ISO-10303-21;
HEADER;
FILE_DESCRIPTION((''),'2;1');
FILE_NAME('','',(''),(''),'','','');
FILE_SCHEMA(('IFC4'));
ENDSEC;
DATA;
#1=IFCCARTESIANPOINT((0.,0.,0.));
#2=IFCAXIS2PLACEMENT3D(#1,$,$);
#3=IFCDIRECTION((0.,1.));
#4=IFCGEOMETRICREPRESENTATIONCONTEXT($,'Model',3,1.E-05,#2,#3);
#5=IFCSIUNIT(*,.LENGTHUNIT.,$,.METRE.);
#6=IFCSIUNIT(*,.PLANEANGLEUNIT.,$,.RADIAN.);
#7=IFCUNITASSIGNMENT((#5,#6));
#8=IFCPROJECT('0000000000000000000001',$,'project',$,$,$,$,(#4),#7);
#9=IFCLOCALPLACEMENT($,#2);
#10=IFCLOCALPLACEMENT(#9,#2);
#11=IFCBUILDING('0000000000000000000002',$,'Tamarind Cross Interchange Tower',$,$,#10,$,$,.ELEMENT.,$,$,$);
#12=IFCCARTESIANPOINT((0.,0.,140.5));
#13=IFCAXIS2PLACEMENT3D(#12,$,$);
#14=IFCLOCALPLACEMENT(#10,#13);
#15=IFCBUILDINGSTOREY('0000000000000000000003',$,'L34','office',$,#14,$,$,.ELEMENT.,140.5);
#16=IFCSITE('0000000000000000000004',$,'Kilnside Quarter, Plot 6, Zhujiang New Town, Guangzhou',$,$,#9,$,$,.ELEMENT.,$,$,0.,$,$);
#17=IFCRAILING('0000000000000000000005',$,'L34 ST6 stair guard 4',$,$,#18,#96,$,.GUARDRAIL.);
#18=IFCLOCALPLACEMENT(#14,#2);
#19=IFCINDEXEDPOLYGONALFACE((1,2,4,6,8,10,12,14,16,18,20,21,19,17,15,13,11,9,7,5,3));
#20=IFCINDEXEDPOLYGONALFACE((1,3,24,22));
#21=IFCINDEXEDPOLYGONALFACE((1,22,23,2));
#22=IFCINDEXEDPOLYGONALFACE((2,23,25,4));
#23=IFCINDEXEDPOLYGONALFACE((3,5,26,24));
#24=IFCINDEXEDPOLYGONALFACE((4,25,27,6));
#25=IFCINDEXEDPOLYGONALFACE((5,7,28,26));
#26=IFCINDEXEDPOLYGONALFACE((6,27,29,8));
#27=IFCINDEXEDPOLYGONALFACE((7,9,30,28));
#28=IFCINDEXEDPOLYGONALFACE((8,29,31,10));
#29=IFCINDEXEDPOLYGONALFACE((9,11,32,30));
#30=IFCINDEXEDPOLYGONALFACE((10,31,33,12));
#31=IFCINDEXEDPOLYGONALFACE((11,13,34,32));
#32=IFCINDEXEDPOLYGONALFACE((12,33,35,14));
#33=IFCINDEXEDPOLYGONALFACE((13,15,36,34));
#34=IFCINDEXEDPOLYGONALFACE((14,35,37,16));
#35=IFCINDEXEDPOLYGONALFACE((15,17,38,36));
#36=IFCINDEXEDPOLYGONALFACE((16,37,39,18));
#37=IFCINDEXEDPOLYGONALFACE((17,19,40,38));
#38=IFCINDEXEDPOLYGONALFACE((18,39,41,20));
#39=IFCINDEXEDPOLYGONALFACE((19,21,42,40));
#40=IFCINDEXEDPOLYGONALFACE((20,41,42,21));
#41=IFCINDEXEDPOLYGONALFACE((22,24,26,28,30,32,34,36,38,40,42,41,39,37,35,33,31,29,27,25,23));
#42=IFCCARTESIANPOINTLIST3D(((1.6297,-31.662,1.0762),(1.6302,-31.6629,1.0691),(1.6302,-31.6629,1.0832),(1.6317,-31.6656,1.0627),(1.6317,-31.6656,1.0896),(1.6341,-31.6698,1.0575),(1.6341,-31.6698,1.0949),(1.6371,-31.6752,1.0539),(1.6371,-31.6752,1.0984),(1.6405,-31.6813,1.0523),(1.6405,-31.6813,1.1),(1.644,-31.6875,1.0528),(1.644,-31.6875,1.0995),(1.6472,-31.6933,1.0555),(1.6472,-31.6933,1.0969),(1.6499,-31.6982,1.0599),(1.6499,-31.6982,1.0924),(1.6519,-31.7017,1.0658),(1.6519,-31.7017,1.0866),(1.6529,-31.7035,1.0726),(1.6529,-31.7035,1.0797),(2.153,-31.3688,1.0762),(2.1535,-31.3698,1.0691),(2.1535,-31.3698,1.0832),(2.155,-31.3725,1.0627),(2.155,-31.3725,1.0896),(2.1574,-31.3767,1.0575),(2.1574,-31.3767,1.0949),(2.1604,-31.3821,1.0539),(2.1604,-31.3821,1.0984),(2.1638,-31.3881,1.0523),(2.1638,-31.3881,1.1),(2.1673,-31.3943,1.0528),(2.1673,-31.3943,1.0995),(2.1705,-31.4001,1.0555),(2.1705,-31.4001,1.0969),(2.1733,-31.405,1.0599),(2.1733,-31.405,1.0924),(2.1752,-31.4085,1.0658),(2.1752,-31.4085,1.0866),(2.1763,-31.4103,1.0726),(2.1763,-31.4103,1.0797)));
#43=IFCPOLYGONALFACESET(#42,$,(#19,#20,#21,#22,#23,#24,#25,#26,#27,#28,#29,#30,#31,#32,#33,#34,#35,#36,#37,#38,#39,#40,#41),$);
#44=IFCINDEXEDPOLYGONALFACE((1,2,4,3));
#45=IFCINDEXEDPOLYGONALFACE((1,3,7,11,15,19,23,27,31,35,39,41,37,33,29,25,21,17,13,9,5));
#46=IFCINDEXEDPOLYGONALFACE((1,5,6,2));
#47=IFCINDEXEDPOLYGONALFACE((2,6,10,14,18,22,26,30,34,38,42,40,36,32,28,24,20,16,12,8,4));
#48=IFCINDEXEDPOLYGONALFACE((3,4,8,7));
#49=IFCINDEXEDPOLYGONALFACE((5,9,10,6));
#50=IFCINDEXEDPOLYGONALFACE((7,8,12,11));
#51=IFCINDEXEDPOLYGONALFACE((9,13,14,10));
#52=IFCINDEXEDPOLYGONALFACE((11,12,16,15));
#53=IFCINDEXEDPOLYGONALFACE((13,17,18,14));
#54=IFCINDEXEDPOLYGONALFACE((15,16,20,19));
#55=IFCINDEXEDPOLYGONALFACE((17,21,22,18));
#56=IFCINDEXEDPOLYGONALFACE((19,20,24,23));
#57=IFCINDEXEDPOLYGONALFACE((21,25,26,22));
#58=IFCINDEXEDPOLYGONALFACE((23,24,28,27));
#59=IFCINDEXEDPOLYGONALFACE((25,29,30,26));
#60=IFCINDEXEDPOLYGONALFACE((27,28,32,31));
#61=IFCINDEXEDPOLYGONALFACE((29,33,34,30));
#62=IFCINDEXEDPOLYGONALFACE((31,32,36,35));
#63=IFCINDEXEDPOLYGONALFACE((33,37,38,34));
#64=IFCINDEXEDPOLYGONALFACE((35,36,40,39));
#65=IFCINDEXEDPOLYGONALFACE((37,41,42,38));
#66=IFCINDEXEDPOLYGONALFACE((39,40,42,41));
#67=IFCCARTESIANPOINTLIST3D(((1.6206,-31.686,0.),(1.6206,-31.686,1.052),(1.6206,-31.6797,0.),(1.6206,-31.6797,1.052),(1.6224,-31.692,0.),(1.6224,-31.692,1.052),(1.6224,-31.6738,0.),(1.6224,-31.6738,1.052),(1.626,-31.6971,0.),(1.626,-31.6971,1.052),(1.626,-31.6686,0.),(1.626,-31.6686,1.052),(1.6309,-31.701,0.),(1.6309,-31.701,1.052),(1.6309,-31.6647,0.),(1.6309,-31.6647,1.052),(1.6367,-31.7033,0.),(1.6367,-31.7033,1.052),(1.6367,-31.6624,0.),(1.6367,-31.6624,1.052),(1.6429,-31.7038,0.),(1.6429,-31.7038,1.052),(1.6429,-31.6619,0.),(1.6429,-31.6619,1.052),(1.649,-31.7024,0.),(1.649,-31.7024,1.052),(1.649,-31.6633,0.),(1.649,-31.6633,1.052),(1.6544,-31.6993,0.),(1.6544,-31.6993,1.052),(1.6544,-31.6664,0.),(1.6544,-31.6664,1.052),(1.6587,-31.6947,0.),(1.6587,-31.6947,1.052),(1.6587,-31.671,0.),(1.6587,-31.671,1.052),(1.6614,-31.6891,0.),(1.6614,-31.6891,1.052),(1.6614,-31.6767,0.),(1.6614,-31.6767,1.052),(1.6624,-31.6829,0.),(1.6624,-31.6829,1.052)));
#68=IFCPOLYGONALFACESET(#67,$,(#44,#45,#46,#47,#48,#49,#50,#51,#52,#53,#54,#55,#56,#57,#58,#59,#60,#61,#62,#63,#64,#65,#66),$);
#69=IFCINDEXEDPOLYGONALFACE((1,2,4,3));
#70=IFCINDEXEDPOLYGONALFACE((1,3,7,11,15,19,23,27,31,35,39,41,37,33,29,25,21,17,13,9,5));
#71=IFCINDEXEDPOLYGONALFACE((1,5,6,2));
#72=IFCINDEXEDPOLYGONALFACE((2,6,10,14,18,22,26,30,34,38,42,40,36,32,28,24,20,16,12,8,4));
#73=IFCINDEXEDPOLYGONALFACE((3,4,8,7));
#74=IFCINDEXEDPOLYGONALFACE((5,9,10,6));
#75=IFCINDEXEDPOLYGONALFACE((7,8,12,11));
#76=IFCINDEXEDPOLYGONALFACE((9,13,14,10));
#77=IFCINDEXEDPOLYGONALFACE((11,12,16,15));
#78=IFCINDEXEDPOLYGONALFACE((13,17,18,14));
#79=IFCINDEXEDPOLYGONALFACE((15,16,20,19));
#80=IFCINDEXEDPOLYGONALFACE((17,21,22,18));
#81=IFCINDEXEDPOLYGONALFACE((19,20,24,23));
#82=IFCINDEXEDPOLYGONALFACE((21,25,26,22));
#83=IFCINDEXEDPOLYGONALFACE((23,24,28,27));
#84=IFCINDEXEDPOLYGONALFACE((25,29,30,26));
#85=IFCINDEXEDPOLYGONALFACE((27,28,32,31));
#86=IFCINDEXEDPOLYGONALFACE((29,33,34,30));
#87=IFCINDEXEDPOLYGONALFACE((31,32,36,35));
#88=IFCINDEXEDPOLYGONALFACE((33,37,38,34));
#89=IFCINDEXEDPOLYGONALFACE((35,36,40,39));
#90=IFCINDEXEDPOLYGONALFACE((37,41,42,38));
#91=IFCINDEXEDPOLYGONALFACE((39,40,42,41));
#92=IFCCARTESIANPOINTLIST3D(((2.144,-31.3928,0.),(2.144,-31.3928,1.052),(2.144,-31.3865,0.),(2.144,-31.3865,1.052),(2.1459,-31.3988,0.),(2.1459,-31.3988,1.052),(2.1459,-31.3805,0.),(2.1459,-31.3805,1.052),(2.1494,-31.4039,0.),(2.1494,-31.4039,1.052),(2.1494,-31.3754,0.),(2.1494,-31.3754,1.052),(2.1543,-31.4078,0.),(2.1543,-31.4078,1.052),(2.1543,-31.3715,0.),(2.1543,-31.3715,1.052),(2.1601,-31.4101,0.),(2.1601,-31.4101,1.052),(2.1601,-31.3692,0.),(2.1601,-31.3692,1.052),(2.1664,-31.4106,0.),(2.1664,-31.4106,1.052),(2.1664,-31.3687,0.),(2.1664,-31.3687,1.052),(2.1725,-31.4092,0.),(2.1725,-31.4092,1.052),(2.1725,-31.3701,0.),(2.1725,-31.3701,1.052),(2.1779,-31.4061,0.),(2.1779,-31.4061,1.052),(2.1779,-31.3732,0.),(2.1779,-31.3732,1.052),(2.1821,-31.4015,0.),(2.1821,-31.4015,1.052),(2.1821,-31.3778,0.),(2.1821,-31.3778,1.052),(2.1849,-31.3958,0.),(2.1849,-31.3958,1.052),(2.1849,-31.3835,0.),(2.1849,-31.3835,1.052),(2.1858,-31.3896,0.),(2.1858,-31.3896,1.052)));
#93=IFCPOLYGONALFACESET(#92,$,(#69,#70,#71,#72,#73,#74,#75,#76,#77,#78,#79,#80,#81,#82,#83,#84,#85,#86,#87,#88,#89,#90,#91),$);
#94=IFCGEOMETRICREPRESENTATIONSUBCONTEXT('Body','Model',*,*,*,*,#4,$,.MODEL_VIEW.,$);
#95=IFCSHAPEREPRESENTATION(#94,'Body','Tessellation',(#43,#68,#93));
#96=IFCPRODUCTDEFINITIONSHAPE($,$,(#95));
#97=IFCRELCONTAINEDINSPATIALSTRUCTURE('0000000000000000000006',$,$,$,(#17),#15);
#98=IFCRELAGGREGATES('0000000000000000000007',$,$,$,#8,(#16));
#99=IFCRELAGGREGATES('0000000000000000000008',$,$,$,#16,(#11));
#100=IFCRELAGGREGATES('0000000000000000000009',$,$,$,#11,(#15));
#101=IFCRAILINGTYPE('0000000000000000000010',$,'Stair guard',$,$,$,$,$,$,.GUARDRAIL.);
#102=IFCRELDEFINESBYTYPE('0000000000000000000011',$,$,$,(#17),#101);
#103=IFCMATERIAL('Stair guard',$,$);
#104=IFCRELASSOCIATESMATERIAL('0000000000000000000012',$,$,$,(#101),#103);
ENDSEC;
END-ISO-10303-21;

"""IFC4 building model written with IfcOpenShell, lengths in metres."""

from ifc_helpers import new_model, si_unit, direction, frame, origin, origin_2d, place, context, subcontext, project, spatial, circle, extrude, material, type_object, element, save


model = new_model("IFC4")

# Units and contexts
model_context = context("Model", 3, precision=1e-05, world=origin(), true_north=direction((0.0, 1.0)))
body_context = subcontext(model_context, "Body", "Model", "MODEL_VIEW")
ifc_project = project(units=[si_unit("LENGTHUNIT", "METRE"), si_unit("PLANEANGLEUNIT", "RADIAN")], contexts=[model_context])

# Site, building, storey
site_placement = place(None, origin())
site = spatial("IfcSite", under=ifc_project, at=site_placement, Name="Kilnside Quarter, Plot 6, Zhujiang New Town, Guangzhou", CompositionType="ELEMENT", RefElevation=0.0)
building_placement = place(site_placement, origin())
building = spatial("IfcBuilding", under=site, at=building_placement, Name="Tamarind Cross Interchange Tower", CompositionType="ELEMENT")
storey_placement = place(building_placement, frame((0.0, 0.0, 140.5)))
storey = spatial("IfcBuildingStorey", under=building, at=storey_placement, Name="L34", Description="office", CompositionType="ELEMENT", Elevation=140.5)

# Railing
ifc_material_1 = material(Name="Stair guard")
railing_type = type_object("IfcRailingType", Name="Stair guard", PredefinedType="GUARDRAIL", material=ifc_material_1)
railing_1_placement = place(storey_placement, frame((1.6414, -31.6829, 0.0)))
element("IfcRailing", 1, at=railing_1_placement, inside=storey, type_object=railing_type, Name="L34 ST6 stair guard 4", PredefinedType="GUARDRAIL", context=body_context, shape_type="SweptSolid", body=[
    extrude(circle(Radius=0.0239, at=origin_2d()), frame((0.0, 0.0, 1.0762), z_axis=(0.872444, 0.488715, 0.0), x_axis=(-0.488715, 0.872444, 0.0)), (0.0, 0.0, 1.0), 0.5999),
    extrude(circle(Radius=0.021, at=origin_2d()), origin(), (0.0, 0.0, 1.0), 1.052),
    extrude(circle(Radius=0.021, at=origin_2d()), frame((0.5234, 0.2932, 0.0)), (0.0, 0.0, 1.0), 1.052),
])

save(model, "model.ifc")
